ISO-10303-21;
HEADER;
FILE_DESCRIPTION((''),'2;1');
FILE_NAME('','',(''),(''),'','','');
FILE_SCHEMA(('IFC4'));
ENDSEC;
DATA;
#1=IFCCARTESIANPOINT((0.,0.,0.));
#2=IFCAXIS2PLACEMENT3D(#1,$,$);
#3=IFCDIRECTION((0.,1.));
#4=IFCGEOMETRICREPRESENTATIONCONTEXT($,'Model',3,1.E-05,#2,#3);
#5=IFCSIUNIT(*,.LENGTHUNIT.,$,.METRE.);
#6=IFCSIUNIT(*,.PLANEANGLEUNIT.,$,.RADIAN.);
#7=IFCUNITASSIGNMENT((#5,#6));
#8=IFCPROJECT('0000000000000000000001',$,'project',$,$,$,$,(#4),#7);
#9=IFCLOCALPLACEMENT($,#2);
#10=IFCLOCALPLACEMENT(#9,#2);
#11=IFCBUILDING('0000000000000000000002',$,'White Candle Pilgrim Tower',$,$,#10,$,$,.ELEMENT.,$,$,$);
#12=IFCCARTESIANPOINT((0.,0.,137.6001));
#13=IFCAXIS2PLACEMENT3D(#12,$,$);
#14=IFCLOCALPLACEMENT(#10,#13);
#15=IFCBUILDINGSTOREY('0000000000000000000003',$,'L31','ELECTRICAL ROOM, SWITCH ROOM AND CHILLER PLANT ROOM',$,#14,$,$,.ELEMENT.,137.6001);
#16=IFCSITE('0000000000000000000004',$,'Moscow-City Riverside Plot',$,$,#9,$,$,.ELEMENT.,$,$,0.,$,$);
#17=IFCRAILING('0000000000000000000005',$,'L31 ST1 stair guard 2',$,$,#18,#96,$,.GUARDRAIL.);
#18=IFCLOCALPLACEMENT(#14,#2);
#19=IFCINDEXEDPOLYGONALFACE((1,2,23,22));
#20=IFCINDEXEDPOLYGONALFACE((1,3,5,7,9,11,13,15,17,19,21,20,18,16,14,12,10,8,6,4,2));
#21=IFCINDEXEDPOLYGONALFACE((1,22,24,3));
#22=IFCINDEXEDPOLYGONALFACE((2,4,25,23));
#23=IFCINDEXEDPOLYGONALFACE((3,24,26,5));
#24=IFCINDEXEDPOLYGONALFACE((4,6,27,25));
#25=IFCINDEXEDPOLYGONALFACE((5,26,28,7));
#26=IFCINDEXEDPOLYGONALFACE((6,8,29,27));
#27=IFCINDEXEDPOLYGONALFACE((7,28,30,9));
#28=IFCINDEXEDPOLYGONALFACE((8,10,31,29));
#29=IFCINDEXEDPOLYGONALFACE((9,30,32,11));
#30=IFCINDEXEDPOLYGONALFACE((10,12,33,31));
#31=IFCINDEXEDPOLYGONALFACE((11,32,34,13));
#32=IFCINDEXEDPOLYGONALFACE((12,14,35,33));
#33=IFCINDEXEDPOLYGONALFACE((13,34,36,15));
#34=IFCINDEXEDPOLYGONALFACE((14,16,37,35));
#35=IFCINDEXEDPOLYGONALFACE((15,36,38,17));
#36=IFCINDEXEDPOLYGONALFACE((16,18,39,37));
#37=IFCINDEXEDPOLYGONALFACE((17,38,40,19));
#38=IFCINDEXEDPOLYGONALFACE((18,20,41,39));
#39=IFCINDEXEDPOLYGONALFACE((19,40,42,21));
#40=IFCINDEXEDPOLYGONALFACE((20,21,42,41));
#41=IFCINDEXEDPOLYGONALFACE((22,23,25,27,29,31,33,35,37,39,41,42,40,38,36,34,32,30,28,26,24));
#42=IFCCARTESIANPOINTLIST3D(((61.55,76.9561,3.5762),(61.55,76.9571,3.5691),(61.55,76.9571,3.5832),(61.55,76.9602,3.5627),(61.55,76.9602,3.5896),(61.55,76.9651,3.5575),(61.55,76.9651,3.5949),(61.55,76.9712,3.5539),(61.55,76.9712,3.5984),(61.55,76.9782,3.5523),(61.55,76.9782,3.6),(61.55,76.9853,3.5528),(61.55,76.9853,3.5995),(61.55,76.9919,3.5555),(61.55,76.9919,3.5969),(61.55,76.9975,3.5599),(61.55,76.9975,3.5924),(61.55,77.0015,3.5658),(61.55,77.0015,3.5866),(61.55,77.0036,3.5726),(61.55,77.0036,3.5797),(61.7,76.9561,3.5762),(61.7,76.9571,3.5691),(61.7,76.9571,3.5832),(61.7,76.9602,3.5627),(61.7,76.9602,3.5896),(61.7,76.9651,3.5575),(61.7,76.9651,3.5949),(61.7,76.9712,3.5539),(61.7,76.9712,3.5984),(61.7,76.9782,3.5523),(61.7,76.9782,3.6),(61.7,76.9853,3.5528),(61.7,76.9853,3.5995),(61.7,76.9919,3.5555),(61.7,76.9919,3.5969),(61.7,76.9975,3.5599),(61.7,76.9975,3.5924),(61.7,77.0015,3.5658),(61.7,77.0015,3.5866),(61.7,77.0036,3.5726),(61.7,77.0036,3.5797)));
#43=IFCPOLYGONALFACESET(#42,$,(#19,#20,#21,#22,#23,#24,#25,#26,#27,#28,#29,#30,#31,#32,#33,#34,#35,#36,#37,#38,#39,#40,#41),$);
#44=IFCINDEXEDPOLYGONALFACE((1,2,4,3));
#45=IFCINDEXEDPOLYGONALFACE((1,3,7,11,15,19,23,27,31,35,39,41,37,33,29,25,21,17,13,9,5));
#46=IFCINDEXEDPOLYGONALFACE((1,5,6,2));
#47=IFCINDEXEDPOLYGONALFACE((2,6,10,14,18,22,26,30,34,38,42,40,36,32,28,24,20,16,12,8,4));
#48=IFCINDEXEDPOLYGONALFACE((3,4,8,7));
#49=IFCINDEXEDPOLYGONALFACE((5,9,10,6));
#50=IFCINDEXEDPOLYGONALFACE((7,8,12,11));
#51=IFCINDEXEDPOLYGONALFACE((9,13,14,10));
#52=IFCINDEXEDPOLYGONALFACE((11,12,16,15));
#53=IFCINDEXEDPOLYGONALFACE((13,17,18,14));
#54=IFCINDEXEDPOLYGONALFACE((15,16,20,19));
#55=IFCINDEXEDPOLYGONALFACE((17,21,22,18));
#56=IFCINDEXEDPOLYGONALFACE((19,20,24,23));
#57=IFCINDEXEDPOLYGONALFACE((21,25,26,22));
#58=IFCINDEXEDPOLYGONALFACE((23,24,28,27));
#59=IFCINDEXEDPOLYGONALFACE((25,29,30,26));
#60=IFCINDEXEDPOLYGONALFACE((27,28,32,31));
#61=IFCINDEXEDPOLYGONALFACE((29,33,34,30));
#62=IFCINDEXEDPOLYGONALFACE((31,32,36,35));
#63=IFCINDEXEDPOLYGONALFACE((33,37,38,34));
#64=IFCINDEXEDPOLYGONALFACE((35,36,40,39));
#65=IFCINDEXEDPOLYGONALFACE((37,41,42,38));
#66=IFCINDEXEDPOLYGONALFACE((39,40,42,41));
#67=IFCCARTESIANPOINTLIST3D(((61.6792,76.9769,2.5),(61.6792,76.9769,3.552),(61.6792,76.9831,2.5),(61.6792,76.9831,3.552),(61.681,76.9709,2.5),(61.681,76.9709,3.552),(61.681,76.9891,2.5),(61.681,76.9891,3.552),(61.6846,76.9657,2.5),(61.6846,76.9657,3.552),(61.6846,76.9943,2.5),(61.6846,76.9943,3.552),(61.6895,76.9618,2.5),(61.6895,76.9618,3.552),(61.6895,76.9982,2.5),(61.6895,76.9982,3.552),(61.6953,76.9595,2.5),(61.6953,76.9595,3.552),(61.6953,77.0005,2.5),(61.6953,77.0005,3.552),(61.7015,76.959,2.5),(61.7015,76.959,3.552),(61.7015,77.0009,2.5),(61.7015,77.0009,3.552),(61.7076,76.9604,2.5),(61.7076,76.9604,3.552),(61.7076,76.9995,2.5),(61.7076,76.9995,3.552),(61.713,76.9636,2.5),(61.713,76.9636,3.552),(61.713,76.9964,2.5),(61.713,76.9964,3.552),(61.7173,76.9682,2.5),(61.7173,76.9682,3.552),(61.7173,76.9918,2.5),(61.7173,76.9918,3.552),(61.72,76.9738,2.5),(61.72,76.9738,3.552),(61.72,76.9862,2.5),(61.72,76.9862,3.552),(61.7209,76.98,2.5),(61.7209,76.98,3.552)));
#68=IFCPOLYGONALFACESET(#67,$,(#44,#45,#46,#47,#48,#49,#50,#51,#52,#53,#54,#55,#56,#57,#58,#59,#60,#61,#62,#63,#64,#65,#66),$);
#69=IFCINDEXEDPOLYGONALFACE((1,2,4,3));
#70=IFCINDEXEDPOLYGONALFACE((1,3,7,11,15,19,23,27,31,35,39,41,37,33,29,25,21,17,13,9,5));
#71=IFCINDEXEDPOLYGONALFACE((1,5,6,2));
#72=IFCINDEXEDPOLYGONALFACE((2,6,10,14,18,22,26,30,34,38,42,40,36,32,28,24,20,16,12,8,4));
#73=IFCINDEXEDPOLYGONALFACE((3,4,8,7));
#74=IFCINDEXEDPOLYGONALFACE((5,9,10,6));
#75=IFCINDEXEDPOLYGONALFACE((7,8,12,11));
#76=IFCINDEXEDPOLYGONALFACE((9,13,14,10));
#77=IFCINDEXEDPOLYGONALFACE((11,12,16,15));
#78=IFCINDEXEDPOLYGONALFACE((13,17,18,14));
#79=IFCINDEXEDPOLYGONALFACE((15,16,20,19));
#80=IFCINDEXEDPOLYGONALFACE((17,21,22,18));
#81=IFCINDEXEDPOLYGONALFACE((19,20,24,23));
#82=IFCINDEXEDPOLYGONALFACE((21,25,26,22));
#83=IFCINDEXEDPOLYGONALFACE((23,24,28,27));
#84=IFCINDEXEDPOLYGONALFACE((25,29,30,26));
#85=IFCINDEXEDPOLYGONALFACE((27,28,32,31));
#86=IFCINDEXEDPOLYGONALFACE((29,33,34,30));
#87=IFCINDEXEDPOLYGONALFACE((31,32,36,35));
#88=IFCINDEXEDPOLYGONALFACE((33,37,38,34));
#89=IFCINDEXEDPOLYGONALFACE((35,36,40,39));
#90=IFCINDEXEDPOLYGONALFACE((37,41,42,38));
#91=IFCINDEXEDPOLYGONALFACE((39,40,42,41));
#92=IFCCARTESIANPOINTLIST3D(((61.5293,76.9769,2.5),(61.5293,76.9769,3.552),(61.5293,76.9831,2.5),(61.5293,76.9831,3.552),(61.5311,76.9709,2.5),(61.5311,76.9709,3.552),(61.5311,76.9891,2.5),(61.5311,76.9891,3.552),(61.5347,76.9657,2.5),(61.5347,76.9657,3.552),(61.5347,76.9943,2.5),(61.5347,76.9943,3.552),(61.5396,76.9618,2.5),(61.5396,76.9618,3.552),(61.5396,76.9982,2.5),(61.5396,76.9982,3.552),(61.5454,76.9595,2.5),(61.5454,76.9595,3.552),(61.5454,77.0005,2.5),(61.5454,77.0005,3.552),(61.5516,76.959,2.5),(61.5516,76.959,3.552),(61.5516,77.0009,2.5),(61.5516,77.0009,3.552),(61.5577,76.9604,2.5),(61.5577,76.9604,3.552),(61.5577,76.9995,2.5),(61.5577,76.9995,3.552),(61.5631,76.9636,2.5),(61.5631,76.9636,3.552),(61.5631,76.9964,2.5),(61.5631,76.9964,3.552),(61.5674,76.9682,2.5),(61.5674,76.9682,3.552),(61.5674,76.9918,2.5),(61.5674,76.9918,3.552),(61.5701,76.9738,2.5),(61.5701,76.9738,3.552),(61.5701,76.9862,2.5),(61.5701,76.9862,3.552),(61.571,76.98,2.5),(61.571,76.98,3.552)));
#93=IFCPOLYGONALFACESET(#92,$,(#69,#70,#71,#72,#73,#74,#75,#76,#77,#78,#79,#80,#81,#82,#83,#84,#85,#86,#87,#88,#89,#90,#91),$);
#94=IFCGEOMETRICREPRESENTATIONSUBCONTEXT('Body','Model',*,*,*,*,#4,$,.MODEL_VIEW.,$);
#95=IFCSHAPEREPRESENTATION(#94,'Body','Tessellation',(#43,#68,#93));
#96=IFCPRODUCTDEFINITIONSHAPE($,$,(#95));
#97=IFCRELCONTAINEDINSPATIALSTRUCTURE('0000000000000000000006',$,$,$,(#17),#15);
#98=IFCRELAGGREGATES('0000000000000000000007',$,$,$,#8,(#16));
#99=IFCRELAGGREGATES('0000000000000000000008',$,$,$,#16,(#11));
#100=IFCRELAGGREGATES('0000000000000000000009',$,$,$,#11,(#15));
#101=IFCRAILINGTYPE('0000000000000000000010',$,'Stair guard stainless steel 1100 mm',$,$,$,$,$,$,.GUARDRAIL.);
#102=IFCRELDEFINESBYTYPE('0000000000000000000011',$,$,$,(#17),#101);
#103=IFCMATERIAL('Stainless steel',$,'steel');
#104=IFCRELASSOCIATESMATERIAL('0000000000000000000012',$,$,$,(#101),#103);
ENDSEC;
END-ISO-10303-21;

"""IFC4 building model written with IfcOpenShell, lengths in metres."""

from ifc_helpers import new_model, si_unit, direction, frame, origin, origin_2d, place, context, subcontext, project, spatial, circle, extrude, material, type_object, element, save


model = new_model("IFC4")

# Units and contexts
model_context = context("Model", 3, precision=1e-05, world=origin(), true_north=direction((0.0, 1.0)))
body_context = subcontext(model_context, "Body", "Model", "MODEL_VIEW")
ifc_project = project(units=[si_unit("LENGTHUNIT", "METRE"), si_unit("PLANEANGLEUNIT", "RADIAN")], contexts=[model_context])

# Site, building, storey
site_placement = place(None, origin())
site = spatial("IfcSite", under=ifc_project, at=site_placement, Name="Moscow-City Riverside Plot", CompositionType="ELEMENT", RefElevation=0.0)
building_placement = place(site_placement, origin())
building = spatial("IfcBuilding", under=site, at=building_placement, Name="White Candle Pilgrim Tower", CompositionType="ELEMENT")
storey_placement = place(building_placement, frame((0.0, 0.0, 137.6001)))
storey = spatial("IfcBuildingStorey", under=building, at=storey_placement, Name="L31", Description="ELECTRICAL ROOM, SWITCH ROOM AND CHILLER PLANT ROOM", CompositionType="ELEMENT", Elevation=137.6001)

# Shared definitions
ifc_material_1 = material(Name="Stainless steel", Category="steel")

# Railing
railing_type_1 = type_object("IfcRailingType", Name="Stair guard stainless steel 1100 mm", PredefinedType="GUARDRAIL", material=ifc_material_1)
railing_1_placement = place(storey_placement, frame((61.7, 76.98, 2.5)))
element("IfcRailing", 1, at=railing_1_placement, inside=storey, type_object=railing_type_1, Name="L31 ST1 stair guard 2", PredefinedType="GUARDRAIL", context=body_context, shape_type="SweptSolid", body=[
    extrude(circle(Radius=0.0239, at=origin_2d()), frame((0.0, 0.0, 1.0762), z_axis=(-1.0, 0.0, 0.0), x_axis=(0.0, -1.0, 0.0)), (0.0, 0.0, 1.0), 0.1499),
    extrude(circle(Radius=0.021, at=origin_2d()), origin(), (0.0, 0.0, 1.0), 1.052),
    extrude(circle(Radius=0.021, at=origin_2d()), frame((-0.1499, 0.0, 0.0)), (0.0, 0.0, 1.0), 1.052),
])

save(model, "model.ifc")
